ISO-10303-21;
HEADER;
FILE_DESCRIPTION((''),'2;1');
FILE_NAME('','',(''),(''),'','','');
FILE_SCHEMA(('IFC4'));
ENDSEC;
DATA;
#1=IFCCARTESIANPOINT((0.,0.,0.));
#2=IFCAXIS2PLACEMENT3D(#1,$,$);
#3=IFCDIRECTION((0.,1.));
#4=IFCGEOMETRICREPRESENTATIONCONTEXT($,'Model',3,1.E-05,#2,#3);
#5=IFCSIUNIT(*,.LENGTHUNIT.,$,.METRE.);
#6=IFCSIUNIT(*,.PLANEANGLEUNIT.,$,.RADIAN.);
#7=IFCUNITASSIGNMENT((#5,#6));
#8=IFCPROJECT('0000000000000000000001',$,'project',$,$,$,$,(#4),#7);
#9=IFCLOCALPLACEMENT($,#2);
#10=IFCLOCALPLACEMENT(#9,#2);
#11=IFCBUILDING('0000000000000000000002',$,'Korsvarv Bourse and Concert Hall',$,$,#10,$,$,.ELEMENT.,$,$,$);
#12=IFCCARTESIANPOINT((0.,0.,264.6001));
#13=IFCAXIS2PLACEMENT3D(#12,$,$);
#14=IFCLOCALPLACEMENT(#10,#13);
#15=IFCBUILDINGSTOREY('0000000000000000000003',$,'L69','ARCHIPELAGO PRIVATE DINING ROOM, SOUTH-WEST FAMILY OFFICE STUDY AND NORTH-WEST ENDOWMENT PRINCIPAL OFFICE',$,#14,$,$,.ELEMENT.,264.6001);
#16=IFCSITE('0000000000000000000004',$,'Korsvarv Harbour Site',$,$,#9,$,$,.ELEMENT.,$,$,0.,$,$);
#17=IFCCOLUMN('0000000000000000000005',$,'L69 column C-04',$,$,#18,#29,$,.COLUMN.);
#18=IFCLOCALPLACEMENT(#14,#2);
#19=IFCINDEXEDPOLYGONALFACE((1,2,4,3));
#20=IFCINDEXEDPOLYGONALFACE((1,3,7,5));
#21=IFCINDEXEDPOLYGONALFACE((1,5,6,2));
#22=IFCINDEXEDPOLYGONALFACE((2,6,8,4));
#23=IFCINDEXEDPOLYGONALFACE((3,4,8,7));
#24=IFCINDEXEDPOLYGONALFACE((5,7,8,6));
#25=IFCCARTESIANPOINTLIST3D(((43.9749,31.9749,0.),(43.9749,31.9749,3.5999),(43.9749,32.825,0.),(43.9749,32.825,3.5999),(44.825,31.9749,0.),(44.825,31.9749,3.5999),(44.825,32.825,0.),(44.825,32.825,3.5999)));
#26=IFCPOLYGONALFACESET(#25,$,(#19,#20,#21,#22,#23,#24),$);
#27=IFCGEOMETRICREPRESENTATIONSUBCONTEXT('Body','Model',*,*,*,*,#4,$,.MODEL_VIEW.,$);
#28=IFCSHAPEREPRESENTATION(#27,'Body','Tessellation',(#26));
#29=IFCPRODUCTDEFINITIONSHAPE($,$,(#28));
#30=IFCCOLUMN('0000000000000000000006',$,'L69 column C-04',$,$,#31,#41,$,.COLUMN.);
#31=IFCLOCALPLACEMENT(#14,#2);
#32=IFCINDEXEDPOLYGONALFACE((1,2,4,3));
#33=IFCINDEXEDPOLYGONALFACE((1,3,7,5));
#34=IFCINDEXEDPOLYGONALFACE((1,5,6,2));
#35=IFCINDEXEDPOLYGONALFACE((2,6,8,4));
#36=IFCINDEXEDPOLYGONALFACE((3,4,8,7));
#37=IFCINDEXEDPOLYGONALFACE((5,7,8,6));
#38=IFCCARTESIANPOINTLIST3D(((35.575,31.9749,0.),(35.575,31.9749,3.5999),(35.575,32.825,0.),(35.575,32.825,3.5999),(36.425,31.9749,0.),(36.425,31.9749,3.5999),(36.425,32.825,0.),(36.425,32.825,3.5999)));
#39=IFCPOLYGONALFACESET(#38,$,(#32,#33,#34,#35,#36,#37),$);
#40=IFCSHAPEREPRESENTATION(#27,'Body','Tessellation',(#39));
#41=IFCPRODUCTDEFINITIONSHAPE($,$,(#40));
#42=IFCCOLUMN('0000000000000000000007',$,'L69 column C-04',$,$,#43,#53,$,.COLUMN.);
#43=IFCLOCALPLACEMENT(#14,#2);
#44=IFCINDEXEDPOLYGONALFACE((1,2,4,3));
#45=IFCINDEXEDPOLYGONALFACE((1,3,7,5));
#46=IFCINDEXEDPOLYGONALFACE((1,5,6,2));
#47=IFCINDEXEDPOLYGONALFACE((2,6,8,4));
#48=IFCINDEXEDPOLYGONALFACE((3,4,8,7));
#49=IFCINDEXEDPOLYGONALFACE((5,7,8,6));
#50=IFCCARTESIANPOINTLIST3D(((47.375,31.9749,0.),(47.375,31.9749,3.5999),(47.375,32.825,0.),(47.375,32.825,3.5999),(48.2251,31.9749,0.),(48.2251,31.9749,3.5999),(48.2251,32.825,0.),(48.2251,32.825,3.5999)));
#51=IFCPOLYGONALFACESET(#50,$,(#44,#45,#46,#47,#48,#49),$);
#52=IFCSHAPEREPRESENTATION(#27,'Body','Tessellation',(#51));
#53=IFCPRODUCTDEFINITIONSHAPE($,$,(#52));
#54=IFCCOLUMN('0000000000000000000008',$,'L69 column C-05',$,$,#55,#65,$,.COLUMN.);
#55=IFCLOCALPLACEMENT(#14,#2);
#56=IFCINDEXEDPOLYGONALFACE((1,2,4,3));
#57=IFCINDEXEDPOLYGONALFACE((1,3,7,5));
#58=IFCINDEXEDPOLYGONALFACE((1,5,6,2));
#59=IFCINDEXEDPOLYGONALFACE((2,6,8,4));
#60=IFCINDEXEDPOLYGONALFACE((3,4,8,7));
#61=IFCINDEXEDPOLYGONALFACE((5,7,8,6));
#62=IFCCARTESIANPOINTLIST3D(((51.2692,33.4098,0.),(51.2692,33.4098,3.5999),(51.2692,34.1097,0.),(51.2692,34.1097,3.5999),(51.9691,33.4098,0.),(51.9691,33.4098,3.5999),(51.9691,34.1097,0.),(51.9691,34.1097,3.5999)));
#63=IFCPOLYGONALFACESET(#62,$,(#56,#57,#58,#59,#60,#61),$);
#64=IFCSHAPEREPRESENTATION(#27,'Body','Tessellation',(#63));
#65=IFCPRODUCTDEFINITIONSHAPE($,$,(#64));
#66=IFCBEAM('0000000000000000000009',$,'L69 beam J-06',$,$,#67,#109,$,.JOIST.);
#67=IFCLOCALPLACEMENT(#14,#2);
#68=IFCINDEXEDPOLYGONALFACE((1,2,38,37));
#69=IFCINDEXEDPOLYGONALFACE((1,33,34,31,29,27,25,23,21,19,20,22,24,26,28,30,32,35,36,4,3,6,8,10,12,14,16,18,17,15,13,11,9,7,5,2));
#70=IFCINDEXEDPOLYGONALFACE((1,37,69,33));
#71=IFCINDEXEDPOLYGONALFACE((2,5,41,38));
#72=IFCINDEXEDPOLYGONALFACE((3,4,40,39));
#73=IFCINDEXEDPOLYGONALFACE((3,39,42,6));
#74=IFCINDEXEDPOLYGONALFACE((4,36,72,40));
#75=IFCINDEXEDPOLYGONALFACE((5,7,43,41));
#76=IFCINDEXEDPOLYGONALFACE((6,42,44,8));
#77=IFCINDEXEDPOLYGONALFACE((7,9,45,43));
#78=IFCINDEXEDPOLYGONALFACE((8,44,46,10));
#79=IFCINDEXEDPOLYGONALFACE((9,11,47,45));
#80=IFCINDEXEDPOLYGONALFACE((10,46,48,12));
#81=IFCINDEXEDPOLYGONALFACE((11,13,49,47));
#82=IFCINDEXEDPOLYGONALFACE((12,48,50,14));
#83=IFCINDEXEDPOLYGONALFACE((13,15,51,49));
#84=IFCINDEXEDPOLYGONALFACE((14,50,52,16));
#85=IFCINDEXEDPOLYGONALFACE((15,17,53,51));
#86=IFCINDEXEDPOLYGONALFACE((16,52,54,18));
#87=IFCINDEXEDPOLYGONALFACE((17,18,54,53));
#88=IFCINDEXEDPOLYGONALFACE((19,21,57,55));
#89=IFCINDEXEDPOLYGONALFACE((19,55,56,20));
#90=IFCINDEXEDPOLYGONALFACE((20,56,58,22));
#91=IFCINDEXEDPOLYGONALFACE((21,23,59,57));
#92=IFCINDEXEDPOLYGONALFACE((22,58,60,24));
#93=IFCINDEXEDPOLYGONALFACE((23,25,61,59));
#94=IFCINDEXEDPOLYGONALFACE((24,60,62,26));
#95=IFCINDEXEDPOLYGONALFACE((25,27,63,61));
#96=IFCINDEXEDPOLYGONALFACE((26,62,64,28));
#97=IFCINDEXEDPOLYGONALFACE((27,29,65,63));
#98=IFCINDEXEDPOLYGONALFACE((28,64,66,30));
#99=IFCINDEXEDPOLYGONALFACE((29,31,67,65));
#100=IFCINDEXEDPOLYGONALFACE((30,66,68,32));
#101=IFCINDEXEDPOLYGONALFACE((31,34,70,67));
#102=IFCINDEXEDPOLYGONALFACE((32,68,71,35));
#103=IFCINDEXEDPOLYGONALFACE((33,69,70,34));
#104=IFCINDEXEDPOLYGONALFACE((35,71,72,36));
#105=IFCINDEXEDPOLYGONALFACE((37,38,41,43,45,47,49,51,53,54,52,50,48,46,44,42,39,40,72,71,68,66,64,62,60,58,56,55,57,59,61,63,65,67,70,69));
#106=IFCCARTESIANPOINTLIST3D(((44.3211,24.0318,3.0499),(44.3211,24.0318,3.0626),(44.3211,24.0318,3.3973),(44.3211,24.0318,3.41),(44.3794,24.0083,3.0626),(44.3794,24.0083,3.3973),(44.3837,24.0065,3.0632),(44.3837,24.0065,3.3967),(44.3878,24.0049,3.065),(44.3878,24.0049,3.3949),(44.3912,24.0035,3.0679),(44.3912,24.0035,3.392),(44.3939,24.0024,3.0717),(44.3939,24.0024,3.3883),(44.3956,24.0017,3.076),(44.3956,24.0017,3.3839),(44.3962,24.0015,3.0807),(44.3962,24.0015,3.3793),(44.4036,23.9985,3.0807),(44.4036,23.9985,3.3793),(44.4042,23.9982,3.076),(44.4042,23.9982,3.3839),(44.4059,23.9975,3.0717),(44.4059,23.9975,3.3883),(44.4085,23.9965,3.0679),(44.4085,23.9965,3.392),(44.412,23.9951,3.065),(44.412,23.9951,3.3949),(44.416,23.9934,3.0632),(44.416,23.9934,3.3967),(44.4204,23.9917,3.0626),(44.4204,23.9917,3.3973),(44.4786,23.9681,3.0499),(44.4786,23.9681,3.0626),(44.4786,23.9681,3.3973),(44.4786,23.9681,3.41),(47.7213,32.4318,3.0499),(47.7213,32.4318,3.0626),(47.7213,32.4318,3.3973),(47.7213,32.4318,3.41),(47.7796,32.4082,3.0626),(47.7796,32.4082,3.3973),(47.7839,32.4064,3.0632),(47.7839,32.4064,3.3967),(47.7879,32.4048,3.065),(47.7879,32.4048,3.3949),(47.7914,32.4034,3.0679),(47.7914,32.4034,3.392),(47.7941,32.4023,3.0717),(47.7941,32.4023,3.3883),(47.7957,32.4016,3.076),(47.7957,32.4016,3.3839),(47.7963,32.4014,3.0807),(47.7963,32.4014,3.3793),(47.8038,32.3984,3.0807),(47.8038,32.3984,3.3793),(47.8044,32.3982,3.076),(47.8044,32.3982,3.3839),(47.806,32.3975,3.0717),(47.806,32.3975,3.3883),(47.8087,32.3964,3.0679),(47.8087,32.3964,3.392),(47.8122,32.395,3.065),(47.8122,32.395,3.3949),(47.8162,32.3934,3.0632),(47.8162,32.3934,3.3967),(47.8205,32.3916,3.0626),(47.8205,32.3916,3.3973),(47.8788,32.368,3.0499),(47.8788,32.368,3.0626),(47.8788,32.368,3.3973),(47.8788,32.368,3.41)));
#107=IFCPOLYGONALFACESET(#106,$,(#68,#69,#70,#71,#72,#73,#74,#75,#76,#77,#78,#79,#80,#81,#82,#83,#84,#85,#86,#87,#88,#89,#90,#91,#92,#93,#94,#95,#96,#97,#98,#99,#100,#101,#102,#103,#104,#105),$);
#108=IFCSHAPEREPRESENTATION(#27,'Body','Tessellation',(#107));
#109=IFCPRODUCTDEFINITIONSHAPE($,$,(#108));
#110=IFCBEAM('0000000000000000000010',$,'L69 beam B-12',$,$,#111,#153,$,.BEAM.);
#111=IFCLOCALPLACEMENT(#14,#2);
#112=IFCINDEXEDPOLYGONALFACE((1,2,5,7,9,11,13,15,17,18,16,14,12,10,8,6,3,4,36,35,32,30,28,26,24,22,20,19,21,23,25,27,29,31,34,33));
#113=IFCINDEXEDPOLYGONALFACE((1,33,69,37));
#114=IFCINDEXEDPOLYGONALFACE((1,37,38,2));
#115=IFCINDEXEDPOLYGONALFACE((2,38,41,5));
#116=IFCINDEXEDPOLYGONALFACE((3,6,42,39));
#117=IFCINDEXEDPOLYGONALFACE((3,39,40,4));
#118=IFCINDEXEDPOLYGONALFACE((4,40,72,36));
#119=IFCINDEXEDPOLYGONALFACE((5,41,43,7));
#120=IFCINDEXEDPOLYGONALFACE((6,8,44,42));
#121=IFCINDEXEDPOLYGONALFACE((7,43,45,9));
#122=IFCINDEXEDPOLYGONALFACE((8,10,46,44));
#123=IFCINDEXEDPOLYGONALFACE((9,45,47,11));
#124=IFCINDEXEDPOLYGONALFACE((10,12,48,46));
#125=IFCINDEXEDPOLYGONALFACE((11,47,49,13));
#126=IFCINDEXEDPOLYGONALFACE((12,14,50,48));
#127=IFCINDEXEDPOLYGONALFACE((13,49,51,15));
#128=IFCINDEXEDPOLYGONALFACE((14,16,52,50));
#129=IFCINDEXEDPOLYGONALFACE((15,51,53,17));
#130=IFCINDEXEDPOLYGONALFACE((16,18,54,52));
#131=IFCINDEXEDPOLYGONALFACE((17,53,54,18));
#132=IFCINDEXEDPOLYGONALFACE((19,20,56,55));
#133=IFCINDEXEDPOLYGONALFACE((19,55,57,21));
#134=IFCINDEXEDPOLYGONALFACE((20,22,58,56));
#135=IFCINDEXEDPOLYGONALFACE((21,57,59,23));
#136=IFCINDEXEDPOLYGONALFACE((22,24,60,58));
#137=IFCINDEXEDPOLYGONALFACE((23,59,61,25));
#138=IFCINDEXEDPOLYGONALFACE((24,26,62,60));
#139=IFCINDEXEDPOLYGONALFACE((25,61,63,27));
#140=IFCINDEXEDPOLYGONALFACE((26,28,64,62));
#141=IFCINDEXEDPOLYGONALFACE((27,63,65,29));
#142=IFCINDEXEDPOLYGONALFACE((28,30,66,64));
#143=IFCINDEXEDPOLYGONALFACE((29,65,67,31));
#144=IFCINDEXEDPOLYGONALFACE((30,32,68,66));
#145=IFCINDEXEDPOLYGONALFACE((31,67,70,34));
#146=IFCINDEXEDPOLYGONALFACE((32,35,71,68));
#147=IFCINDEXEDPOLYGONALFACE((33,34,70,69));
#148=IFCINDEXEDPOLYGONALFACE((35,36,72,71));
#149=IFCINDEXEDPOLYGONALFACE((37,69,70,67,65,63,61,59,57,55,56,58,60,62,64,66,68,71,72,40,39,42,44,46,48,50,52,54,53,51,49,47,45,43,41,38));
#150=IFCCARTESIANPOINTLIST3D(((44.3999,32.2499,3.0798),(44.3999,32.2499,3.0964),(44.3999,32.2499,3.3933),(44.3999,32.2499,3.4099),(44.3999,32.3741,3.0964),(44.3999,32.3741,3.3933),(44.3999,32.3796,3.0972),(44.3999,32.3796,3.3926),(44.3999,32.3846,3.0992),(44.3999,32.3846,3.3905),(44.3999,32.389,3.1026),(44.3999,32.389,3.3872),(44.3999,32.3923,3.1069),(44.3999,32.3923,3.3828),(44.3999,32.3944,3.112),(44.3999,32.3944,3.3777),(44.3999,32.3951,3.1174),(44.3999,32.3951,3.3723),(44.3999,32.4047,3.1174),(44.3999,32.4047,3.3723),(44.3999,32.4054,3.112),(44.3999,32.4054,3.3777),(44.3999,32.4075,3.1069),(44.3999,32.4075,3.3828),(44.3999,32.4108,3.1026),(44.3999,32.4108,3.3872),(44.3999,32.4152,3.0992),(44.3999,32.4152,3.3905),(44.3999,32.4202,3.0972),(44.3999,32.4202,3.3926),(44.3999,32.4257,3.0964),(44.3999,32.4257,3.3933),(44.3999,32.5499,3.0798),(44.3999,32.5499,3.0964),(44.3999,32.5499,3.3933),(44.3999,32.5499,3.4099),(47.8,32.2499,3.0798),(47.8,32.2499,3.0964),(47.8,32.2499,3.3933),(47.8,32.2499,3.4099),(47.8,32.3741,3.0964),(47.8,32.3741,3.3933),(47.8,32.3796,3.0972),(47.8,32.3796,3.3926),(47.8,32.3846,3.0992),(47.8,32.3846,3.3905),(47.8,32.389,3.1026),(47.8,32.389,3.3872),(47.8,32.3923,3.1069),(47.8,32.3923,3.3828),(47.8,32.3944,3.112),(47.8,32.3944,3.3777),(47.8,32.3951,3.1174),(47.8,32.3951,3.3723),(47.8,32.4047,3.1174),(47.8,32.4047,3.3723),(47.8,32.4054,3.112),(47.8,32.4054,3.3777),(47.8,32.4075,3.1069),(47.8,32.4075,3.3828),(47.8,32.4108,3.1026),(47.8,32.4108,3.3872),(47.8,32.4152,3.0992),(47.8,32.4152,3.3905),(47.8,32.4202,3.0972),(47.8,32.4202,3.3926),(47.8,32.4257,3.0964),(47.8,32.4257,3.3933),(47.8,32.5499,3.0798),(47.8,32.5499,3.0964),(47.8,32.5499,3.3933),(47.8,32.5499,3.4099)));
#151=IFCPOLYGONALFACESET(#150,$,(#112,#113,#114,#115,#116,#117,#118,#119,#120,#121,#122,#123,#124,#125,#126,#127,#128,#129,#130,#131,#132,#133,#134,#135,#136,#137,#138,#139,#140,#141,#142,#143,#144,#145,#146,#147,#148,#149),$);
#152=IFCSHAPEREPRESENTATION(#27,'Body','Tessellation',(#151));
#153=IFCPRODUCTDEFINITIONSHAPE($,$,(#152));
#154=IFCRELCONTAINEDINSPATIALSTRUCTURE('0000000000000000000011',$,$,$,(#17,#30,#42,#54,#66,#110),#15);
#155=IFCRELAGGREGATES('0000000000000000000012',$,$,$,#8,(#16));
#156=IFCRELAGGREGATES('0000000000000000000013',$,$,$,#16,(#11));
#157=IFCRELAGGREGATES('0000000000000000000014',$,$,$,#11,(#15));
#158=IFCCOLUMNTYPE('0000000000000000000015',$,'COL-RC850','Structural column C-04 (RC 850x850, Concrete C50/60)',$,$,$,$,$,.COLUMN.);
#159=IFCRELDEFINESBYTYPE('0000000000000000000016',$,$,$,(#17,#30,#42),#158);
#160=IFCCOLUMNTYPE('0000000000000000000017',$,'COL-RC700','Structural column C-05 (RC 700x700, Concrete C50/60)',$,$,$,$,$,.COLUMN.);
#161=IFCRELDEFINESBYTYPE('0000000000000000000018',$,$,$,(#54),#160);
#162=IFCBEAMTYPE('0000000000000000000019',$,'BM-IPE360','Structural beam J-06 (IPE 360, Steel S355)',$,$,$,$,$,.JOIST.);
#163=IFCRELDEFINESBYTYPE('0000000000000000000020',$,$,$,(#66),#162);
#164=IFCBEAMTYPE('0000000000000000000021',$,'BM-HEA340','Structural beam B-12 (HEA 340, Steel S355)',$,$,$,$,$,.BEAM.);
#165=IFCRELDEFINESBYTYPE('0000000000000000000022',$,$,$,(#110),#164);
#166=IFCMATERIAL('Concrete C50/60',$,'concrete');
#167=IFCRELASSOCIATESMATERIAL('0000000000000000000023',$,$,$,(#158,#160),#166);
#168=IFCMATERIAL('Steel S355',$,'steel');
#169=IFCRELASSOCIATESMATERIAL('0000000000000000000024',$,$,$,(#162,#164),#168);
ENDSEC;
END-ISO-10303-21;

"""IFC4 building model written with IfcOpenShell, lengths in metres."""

from ifc_helpers import new_model, si_unit, direction, frame, origin, origin_2d, place, context, subcontext, project, spatial, rectangle, i_section, extrude, source, transform, mapped, material, material_profile, profile_set, type_object, element, save


model = new_model("IFC4")

# Units and contexts
model_context = context("Model", 3, precision=1e-05, world=origin(), true_north=direction((0.0, 1.0)))
body_context = subcontext(model_context, "Body", "Model", "MODEL_VIEW")
ifc_project = project(units=[si_unit("LENGTHUNIT", "METRE"), si_unit("PLANEANGLEUNIT", "RADIAN")], contexts=[model_context])

# Site, building, storey
site_placement = place(None, origin())
site = spatial("IfcSite", under=ifc_project, at=site_placement, Name="Korsvarv Harbour Site", CompositionType="ELEMENT", RefElevation=0.0)
building_placement = place(site_placement, origin())
building = spatial("IfcBuilding", under=site, at=building_placement, Name="Korsvarv Bourse and Concert Hall", CompositionType="ELEMENT")
storey_placement = place(building_placement, frame((0.0, 0.0, 264.6001)))
storey = spatial("IfcBuildingStorey", under=building, at=storey_placement, Name="L69", Description="ARCHIPELAGO PRIVATE DINING ROOM, SOUTH-WEST FAMILY OFFICE STUDY AND NORTH-WEST ENDOWMENT PRINCIPAL OFFICE", CompositionType="ELEMENT", Elevation=264.6001)

# Columns
ifc_material_1 = material(Name="Concrete C50/60", Category="concrete")
ifc_material_profile_1 = material_profile(ifc_material_1, rectangle(XDim=0.8501, YDim=0.8501, at=origin_2d()), Name="RC 850x850")
ifc_profile_set_1 = profile_set([ifc_material_profile_1], Name="Concrete C50/60")
column_type_1 = type_object("IfcColumnType", Name="COL-RC850", Description="Structural column C-04 (RC 850x850, Concrete C50/60)", PredefinedType="COLUMN", material=ifc_profile_set_1)
shared_shape_1 = source(origin(), body_context, "Body", "SweptSolid", [
    extrude(rectangle(XDim=0.8501, YDim=0.8501, at=origin_2d()), origin(), (0.0, 0.0, 1.0), 3.5999),
])
for number, where, z_axis, x_axis, name in (
    (1, (44.3999, 32.3999, 0.0), (0.0, 0.0, 1.0), (1.0, 0.0, 0.0), "L69 column C-04"),
    (2, (36.0, 32.3999, 0.0), (0.0, 0.0, 1.0), (1.0, 0.0, 0.0), "L69 column C-04"),
    (3, (47.8, 32.3999, 0.0), (0.0, 0.0, 1.0), (1.0, 0.0, 0.0), "L69 column C-04"),
):
    element("IfcColumn", number, at=place(storey_placement, frame(where, z_axis=z_axis, x_axis=x_axis)), inside=storey, type_object=column_type_1, Name=name, PredefinedType="COLUMN", context=body_context, shape_type="MappedRepresentation", body=[
        mapped(shared_shape_1, transform((0.0, 0.0, 0.0), scale=1.0)),
    ])
ifc_material_profile_2 = material_profile(ifc_material_1, rectangle(XDim=0.7, YDim=0.7, at=origin_2d()), Name="RC 700x700")
ifc_profile_set_2 = profile_set([ifc_material_profile_2], Name="Concrete C50/60")
column_type_2 = type_object("IfcColumnType", Name="COL-RC700", Description="Structural column C-05 (RC 700x700, Concrete C50/60)", PredefinedType="COLUMN", material=ifc_profile_set_2)
shared_shape_2 = source(origin(), body_context, "Body", "SweptSolid", [
    extrude(rectangle(XDim=0.7, YDim=0.7, at=origin_2d()), origin(), (0.0, 0.0, 1.0), 3.5999),
])
column_placement = place(storey_placement, frame((51.6191, 33.7598, 0.0), z_axis=(0.0, 0.0, 1.0), x_axis=(1.0, 0.0, 0.0)))
element("IfcColumn", 4, at=column_placement, inside=storey, type_object=column_type_2, Name="L69 column C-05", PredefinedType="COLUMN", context=body_context, shape_type="MappedRepresentation", body=[
    mapped(shared_shape_2, transform((0.0, 0.0, 0.0), scale=1.0)),
])

# Beams
ifc_material_2 = material(Name="Steel S355", Category="steel")
ifc_material_profile_3 = material_profile(ifc_material_2, i_section(OverallWidth=0.1699, OverallDepth=0.3601, WebThickness=0.0081, FlangeThickness=0.0127, FilletRadius=0.0181, at=origin_2d()), Name="IPE 360")
ifc_profile_set_3 = profile_set([ifc_material_profile_3], Name="Steel S355")
beam_type_1 = type_object("IfcBeamType", Name="BM-IPE360", Description="Structural beam J-06 (IPE 360, Steel S355)", PredefinedType="JOIST", material=ifc_profile_set_3)
shared_shape_3 = source(origin(), body_context, "Body", "SweptSolid", [
    extrude(i_section(OverallWidth=0.1699, OverallDepth=0.3601, WebThickness=0.0081, FlangeThickness=0.0127, FilletRadius=0.0181, at=origin_2d()), origin(), (0.0, 0.0, 1.0), 9.062),
])
beam_1_placement = place(storey_placement, frame((47.8, 32.3999, 3.23), z_axis=(-0.37521, -0.92694, 0.0), x_axis=(0.92694, -0.37521, 0.0)))
element("IfcBeam", 5, at=beam_1_placement, inside=storey, type_object=beam_type_1, Name="L69 beam J-06", PredefinedType="JOIST", context=body_context, shape_type="MappedRepresentation", body=[
    mapped(shared_shape_3, transform((0.0, 0.0, 0.0), scale=1.0)),
])
ifc_material_profile_4 = material_profile(ifc_material_2, i_section(OverallWidth=0.3, OverallDepth=0.3301, WebThickness=0.0095, FlangeThickness=0.0166, FilletRadius=0.021, at=origin_2d()), Name="HEA 340")
ifc_profile_set_4 = profile_set([ifc_material_profile_4], Name="Steel S355")
beam_type_2 = type_object("IfcBeamType", Name="BM-HEA340", Description="Structural beam B-12 (HEA 340, Steel S355)", PredefinedType="BEAM", material=ifc_profile_set_4)
shared_shape_4 = source(origin(), body_context, "Body", "SweptSolid", [
    extrude(i_section(OverallWidth=0.3, OverallDepth=0.3301, WebThickness=0.0095, FlangeThickness=0.0166, FilletRadius=0.021, at=origin_2d()), origin(), (0.0, 0.0, 1.0), 3.4001),
])
beam_2_placement = place(storey_placement, frame((44.3999, 32.3999, 3.2449), z_axis=(1.0, 0.0, 0.0), x_axis=(0.0, 1.0, 0.0)))
element("IfcBeam", 6, at=beam_2_placement, inside=storey, type_object=beam_type_2, Name="L69 beam B-12", PredefinedType="BEAM", context=body_context, shape_type="MappedRepresentation", body=[
    mapped(shared_shape_4, transform((0.0, 0.0, 0.0), scale=1.0)),
])

save(model, "model.ifc")
